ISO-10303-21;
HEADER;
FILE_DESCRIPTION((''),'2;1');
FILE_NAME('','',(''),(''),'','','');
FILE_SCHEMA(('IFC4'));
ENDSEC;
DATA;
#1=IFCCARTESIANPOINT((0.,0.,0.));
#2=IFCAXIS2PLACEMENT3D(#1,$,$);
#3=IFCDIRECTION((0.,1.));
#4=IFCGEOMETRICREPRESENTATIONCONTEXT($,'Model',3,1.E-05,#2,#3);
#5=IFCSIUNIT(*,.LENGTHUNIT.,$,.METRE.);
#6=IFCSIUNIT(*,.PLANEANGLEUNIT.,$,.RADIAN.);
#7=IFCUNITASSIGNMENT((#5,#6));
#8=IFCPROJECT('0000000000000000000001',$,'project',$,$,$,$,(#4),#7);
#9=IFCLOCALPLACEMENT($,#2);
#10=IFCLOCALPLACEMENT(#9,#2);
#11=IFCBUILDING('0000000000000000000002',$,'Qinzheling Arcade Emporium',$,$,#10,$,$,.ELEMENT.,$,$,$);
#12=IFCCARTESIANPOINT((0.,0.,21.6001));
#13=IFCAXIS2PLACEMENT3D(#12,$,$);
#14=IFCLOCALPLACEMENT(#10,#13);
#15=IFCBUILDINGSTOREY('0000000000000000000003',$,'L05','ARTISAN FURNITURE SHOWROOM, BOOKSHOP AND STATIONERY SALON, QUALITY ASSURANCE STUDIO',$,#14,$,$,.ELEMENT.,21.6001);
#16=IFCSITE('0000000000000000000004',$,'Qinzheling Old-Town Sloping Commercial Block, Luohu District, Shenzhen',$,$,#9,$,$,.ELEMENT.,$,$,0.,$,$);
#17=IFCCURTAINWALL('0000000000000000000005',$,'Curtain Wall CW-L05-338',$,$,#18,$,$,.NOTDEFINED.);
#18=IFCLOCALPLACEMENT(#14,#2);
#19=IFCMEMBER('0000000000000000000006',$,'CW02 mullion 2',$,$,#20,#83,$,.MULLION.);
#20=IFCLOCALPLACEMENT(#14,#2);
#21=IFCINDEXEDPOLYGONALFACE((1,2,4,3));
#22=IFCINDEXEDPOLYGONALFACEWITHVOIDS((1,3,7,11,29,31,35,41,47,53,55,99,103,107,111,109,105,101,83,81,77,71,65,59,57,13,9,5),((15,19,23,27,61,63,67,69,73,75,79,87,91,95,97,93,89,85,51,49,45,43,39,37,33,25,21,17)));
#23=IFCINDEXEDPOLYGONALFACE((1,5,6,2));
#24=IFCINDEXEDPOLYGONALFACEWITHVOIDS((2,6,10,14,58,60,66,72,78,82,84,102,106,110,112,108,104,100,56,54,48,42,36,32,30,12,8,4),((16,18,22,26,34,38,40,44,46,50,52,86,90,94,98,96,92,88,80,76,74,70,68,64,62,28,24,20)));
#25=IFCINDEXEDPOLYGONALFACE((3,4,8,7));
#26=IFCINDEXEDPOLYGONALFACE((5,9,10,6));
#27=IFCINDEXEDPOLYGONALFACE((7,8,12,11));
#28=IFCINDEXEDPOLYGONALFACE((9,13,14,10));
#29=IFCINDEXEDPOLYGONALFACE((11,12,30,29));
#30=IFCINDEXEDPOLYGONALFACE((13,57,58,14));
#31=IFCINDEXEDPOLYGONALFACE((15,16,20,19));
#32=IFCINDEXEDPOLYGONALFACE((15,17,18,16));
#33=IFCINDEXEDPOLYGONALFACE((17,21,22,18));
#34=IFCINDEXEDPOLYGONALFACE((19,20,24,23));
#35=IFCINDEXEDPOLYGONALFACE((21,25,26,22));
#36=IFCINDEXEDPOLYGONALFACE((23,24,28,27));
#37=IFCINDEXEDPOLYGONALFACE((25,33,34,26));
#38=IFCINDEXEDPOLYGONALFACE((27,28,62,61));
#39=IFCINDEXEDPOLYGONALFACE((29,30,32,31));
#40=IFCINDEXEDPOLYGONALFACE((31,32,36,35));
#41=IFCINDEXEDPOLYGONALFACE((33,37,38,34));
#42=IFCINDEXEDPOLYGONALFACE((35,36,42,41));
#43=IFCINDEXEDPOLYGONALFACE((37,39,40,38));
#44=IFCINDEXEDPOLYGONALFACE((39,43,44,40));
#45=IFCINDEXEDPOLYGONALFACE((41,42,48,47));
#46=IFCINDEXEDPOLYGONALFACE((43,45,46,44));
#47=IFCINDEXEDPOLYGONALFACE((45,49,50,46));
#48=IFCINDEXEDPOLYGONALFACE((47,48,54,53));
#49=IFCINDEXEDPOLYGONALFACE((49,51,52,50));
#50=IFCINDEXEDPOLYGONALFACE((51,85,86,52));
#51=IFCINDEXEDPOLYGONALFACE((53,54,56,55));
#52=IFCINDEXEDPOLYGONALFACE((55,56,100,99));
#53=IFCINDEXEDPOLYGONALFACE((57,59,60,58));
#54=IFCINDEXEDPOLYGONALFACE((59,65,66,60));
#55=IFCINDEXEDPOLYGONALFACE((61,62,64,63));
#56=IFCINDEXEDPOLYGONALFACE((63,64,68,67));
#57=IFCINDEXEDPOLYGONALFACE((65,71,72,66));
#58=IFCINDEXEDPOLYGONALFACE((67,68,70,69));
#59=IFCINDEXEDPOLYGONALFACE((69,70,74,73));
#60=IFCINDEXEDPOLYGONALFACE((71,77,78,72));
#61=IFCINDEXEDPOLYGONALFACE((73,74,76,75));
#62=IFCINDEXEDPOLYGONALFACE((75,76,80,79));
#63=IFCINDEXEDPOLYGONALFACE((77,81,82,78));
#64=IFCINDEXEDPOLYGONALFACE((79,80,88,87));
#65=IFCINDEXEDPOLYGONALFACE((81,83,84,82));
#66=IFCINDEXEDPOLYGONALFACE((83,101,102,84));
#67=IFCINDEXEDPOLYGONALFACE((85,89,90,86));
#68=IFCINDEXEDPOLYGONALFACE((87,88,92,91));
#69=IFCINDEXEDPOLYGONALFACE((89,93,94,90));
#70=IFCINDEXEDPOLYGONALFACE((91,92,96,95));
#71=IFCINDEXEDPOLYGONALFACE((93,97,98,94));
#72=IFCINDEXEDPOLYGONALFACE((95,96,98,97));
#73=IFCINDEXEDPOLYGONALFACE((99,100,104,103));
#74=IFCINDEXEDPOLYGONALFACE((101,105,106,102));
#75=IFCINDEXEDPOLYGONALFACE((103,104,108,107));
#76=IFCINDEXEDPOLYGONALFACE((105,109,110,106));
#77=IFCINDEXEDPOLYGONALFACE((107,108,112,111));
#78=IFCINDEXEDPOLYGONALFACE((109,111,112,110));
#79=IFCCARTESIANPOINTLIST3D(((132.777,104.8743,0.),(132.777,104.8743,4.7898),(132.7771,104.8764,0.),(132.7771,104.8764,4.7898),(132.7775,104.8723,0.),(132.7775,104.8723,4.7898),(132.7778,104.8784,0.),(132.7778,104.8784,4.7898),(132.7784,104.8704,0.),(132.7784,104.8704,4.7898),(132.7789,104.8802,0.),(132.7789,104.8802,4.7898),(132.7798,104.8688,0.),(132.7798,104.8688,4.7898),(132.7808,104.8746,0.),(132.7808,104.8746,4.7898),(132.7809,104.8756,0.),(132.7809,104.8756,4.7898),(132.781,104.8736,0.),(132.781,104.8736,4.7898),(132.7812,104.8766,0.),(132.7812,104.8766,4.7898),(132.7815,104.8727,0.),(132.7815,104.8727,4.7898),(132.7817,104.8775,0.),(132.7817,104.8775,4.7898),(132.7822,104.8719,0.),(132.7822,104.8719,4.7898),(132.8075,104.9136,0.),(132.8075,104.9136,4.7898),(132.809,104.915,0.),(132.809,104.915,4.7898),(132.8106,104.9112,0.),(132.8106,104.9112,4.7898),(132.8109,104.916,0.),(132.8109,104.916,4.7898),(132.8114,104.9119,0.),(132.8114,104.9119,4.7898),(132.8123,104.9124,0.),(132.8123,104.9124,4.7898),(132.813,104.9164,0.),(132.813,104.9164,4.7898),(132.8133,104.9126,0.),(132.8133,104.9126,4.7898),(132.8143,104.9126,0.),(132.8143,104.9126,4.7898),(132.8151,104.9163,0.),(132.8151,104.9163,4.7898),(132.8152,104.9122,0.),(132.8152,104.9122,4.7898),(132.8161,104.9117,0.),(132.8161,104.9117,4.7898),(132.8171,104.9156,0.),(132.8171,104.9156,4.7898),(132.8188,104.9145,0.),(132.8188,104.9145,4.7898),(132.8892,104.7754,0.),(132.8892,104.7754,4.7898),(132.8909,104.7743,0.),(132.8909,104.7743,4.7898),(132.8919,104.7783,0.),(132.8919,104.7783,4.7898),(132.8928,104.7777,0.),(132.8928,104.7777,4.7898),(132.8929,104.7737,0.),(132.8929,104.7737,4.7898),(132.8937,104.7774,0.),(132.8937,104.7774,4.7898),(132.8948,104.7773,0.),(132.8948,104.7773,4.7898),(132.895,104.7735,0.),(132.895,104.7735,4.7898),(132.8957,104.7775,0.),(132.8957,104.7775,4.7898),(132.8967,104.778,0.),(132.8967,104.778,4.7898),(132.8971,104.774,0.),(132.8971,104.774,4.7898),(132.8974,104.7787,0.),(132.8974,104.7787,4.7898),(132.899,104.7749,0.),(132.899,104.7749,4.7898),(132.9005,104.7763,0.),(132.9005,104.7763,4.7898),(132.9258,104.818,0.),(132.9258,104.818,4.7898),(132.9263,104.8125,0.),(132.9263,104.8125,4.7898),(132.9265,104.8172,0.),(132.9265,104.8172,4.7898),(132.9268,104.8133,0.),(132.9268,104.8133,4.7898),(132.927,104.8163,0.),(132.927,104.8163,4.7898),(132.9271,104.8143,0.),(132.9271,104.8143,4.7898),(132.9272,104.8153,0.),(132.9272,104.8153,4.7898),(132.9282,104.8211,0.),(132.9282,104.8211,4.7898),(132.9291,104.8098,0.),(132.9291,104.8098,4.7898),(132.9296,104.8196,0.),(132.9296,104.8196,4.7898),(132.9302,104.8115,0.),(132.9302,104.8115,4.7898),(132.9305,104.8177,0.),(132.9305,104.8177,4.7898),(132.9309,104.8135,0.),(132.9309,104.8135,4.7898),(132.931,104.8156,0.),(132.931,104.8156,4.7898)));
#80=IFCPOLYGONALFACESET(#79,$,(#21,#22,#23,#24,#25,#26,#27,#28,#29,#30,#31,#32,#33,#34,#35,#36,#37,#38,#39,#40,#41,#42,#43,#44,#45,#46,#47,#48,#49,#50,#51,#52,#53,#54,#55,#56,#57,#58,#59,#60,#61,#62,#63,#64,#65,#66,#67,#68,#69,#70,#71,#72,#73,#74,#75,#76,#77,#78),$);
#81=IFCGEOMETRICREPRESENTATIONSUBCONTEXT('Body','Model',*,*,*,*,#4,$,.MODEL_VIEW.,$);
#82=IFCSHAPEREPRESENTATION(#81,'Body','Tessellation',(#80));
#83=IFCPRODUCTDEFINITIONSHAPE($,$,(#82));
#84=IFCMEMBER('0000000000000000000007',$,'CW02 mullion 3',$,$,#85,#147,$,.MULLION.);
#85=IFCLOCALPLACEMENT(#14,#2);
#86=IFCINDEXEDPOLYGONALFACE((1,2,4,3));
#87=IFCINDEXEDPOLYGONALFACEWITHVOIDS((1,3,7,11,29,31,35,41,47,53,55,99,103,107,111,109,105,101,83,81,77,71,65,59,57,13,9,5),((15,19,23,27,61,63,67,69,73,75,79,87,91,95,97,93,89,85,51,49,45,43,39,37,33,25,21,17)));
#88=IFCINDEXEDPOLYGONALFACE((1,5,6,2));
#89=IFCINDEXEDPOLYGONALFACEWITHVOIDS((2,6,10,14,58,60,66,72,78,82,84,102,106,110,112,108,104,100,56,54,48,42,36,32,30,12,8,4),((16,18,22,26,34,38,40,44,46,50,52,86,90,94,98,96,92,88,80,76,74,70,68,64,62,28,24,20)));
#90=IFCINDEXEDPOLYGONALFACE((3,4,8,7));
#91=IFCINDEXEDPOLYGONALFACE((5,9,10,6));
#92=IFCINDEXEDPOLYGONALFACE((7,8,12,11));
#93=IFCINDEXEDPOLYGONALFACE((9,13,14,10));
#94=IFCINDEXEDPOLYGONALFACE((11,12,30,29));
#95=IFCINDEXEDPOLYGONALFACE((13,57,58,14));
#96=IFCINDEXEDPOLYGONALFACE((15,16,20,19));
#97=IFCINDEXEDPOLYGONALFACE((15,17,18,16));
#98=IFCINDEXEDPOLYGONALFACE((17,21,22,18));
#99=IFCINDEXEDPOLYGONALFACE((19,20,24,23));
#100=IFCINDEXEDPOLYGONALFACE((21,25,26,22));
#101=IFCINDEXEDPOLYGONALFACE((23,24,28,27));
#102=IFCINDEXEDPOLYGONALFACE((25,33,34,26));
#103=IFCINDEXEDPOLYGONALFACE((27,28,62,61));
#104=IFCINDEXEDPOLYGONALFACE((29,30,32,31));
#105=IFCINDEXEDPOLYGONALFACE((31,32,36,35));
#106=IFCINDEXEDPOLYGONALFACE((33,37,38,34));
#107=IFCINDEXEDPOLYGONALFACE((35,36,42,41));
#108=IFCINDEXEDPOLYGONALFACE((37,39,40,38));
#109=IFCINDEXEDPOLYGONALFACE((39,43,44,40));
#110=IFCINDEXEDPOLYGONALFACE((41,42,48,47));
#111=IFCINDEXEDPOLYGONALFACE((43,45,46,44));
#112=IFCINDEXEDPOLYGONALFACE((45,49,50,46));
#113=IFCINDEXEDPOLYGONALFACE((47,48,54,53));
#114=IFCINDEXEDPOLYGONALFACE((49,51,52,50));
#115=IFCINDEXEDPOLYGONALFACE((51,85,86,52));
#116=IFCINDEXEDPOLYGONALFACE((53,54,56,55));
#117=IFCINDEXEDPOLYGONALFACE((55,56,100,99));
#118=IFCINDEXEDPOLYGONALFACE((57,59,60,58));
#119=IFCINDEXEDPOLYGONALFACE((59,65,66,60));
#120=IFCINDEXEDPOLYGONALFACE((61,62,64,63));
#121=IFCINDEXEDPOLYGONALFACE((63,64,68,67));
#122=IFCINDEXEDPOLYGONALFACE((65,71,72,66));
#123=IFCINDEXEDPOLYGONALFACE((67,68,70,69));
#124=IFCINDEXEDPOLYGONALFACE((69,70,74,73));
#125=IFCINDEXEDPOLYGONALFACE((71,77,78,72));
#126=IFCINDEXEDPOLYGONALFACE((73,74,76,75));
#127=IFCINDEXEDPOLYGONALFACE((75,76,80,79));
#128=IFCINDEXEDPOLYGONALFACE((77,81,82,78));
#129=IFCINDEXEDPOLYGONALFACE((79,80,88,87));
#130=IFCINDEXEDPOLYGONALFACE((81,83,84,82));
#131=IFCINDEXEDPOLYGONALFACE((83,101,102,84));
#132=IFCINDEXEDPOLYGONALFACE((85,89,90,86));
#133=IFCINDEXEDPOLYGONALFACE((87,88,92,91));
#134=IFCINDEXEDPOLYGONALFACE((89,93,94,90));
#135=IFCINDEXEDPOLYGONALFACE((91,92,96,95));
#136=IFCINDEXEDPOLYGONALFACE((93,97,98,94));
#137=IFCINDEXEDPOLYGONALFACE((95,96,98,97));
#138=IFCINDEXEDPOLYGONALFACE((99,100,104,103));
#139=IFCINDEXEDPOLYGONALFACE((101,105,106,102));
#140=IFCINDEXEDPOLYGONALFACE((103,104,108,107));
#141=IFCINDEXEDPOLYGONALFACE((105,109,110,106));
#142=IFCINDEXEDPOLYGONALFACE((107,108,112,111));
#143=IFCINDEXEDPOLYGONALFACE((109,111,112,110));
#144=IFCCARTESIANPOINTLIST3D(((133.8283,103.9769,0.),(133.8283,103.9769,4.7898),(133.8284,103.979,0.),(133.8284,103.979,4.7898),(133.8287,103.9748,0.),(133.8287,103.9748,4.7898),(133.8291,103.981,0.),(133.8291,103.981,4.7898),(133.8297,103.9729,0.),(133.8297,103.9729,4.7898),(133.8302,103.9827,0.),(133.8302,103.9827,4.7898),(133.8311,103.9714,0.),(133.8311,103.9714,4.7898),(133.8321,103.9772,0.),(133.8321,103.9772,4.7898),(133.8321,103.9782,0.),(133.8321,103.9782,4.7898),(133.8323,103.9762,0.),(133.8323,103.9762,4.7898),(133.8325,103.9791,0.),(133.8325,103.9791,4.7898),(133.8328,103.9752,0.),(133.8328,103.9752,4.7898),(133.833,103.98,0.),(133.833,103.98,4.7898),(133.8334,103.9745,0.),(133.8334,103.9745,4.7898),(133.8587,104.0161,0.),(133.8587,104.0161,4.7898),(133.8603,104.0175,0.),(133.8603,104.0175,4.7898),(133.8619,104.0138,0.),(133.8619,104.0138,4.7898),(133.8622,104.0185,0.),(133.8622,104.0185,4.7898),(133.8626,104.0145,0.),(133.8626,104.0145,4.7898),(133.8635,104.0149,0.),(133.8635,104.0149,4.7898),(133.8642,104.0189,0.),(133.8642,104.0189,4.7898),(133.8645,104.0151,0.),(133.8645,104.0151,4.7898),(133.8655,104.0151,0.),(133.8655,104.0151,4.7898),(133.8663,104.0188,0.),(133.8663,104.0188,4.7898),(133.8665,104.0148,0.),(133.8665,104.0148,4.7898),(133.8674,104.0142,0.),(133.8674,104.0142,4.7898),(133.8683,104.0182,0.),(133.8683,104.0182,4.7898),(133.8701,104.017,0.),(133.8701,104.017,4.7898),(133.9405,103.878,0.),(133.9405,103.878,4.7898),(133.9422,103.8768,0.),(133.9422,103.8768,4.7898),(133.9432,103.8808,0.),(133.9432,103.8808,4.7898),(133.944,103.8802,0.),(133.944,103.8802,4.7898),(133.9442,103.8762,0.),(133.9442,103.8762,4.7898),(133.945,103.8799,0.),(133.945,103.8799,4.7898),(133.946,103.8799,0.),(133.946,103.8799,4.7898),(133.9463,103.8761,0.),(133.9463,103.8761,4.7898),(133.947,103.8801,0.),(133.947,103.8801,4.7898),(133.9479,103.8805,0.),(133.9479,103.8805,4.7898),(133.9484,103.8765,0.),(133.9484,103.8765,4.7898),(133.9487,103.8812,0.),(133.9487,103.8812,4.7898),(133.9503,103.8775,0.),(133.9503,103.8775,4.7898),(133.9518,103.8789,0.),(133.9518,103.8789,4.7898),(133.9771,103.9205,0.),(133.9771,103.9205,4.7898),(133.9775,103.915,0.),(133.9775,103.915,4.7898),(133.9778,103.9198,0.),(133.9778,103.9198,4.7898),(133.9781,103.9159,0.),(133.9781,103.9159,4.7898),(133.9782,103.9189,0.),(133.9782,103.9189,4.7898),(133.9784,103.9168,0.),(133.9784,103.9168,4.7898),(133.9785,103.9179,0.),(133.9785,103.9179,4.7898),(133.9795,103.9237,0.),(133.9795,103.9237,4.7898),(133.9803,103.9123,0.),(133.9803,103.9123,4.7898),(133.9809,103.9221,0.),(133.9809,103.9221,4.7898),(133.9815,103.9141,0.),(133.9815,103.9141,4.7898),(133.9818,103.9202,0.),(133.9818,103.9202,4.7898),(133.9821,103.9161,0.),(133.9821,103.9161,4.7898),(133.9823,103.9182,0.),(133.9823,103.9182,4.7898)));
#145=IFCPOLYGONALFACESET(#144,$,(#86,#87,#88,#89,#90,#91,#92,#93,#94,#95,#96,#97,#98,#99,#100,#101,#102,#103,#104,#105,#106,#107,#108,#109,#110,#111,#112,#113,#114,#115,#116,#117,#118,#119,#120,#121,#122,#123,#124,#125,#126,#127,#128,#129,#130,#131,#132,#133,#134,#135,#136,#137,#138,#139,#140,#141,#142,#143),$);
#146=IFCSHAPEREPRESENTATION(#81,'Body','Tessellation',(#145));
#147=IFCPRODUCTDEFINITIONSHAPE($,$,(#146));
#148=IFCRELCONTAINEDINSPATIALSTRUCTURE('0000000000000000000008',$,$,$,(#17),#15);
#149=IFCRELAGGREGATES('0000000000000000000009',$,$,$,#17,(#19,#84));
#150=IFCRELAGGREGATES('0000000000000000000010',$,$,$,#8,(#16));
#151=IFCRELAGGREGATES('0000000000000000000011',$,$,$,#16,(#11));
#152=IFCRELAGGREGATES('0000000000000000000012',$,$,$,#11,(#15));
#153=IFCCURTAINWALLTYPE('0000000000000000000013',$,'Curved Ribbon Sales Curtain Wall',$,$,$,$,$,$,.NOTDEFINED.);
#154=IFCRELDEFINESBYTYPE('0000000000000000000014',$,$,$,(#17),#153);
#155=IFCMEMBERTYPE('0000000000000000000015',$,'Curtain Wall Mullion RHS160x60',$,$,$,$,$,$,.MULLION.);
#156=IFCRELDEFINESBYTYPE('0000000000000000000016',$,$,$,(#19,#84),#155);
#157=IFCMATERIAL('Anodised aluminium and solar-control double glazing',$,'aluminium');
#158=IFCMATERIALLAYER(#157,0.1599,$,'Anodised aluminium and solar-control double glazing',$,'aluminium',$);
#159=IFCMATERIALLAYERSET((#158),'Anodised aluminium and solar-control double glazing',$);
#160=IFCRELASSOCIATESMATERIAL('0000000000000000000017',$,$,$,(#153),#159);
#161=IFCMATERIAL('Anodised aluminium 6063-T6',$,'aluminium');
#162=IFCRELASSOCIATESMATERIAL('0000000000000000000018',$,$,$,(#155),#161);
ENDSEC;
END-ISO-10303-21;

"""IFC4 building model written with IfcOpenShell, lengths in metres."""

from ifc_helpers import new_model, si_unit, direction, frame, origin, origin_2d, place, context, subcontext, project, spatial, hollow_rectangle, extrude, material, layer, layer_set, material_profile, profile_set, type_object, element, aggregate, save


model = new_model("IFC4")

# Units and contexts
model_context = context("Model", 3, precision=1e-05, world=origin(), true_north=direction((0.0, 1.0)))
body_context = subcontext(model_context, "Body", "Model", "MODEL_VIEW")
ifc_project = project(units=[si_unit("LENGTHUNIT", "METRE"), si_unit("PLANEANGLEUNIT", "RADIAN")], contexts=[model_context])

# Site, building, storey
site_placement = place(None, origin())
site = spatial("IfcSite", under=ifc_project, at=site_placement, Name="Qinzheling Old-Town Sloping Commercial Block, Luohu District, Shenzhen", CompositionType="ELEMENT", RefElevation=0.0)
building_placement = place(site_placement, origin())
building = spatial("IfcBuilding", under=site, at=building_placement, Name="Qinzheling Arcade Emporium", CompositionType="ELEMENT")
storey_placement = place(building_placement, frame((0.0, 0.0, 21.6001)))
storey = spatial("IfcBuildingStorey", under=building, at=storey_placement, Name="L05", Description="ARTISAN FURNITURE SHOWROOM, BOOKSHOP AND STATIONERY SALON, QUALITY ASSURANCE STUDIO", CompositionType="ELEMENT", Elevation=21.6001)

# Shared definitions
ifc_material_1 = material(Name="Anodised aluminium and solar-control double glazing", Category="aluminium")
ifc_layer_1 = layer(ifc_material_1, 0.1599, Name="Anodised aluminium and solar-control double glazing", Category="aluminium")
ifc_layer_set_1 = layer_set([ifc_layer_1], Name="Anodised aluminium and solar-control double glazing")
curtain_wall_type = type_object("IfcCurtainWallType", Name="Curved Ribbon Sales Curtain Wall", PredefinedType="NOTDEFINED", material=ifc_layer_set_1)
ifc_material_2 = material(Name="Anodised aluminium 6063-T6", Category="aluminium")
ifc_material_profile_1 = material_profile(ifc_material_2, hollow_rectangle(XDim=0.0601, YDim=0.1599, WallThickness=0.0039, InnerFilletRadius=0.0039, OuterFilletRadius=0.0081, at=origin_2d()), Name="RHS 160x60x4", Category="aluminium")
ifc_profile_set_1 = profile_set([ifc_material_profile_1], Name="Anodised aluminium 6063-T6")
member_type_1 = type_object("IfcMemberType", Name="Curtain Wall Mullion RHS160x60", PredefinedType="MULLION", material=ifc_profile_set_1)

# Curtain wall, members
curtain_wall_1_placement = place(storey_placement, origin())
curtain_wall_1 = element("IfcCurtainWall", 1, at=curtain_wall_1_placement, inside=storey, type_object=curtain_wall_type, Name="Curtain Wall CW-L05-338", PredefinedType="NOTDEFINED")
member_1_placement = place(storey_placement, frame((132.854, 104.845, 0.0), z_axis=(0.0, 0.0, 1.0), x_axis=(0.649332, 0.760505, 0.0)))
member_1 = element("IfcMember", 2, at=member_1_placement, type_object=member_type_1, Name="CW02 mullion 2", PredefinedType="MULLION", context=body_context, shape_type="SweptSolid", body=[
    extrude(hollow_rectangle(XDim=0.0601, YDim=0.1599, WallThickness=0.0039, InnerFilletRadius=0.0039, OuterFilletRadius=0.0081, at=origin_2d()), origin(), (0.0, 0.0, 1.0), 4.7898),
])
member_2_placement = place(storey_placement, frame((133.9053, 103.9475, 0.0), z_axis=(0.0, 0.0, 1.0), x_axis=(0.649332, 0.760505, 0.0)))
member_2 = element("IfcMember", 3, at=member_2_placement, type_object=member_type_1, Name="CW02 mullion 3", PredefinedType="MULLION", context=body_context, shape_type="SweptSolid", body=[
    extrude(hollow_rectangle(XDim=0.0601, YDim=0.1599, WallThickness=0.0039, InnerFilletRadius=0.0039, OuterFilletRadius=0.0081, at=origin_2d()), origin(), (0.0, 0.0, 1.0), 4.7898),
])

aggregate(curtain_wall_1, [member_1, member_2])

save(model, "model.ifc")
